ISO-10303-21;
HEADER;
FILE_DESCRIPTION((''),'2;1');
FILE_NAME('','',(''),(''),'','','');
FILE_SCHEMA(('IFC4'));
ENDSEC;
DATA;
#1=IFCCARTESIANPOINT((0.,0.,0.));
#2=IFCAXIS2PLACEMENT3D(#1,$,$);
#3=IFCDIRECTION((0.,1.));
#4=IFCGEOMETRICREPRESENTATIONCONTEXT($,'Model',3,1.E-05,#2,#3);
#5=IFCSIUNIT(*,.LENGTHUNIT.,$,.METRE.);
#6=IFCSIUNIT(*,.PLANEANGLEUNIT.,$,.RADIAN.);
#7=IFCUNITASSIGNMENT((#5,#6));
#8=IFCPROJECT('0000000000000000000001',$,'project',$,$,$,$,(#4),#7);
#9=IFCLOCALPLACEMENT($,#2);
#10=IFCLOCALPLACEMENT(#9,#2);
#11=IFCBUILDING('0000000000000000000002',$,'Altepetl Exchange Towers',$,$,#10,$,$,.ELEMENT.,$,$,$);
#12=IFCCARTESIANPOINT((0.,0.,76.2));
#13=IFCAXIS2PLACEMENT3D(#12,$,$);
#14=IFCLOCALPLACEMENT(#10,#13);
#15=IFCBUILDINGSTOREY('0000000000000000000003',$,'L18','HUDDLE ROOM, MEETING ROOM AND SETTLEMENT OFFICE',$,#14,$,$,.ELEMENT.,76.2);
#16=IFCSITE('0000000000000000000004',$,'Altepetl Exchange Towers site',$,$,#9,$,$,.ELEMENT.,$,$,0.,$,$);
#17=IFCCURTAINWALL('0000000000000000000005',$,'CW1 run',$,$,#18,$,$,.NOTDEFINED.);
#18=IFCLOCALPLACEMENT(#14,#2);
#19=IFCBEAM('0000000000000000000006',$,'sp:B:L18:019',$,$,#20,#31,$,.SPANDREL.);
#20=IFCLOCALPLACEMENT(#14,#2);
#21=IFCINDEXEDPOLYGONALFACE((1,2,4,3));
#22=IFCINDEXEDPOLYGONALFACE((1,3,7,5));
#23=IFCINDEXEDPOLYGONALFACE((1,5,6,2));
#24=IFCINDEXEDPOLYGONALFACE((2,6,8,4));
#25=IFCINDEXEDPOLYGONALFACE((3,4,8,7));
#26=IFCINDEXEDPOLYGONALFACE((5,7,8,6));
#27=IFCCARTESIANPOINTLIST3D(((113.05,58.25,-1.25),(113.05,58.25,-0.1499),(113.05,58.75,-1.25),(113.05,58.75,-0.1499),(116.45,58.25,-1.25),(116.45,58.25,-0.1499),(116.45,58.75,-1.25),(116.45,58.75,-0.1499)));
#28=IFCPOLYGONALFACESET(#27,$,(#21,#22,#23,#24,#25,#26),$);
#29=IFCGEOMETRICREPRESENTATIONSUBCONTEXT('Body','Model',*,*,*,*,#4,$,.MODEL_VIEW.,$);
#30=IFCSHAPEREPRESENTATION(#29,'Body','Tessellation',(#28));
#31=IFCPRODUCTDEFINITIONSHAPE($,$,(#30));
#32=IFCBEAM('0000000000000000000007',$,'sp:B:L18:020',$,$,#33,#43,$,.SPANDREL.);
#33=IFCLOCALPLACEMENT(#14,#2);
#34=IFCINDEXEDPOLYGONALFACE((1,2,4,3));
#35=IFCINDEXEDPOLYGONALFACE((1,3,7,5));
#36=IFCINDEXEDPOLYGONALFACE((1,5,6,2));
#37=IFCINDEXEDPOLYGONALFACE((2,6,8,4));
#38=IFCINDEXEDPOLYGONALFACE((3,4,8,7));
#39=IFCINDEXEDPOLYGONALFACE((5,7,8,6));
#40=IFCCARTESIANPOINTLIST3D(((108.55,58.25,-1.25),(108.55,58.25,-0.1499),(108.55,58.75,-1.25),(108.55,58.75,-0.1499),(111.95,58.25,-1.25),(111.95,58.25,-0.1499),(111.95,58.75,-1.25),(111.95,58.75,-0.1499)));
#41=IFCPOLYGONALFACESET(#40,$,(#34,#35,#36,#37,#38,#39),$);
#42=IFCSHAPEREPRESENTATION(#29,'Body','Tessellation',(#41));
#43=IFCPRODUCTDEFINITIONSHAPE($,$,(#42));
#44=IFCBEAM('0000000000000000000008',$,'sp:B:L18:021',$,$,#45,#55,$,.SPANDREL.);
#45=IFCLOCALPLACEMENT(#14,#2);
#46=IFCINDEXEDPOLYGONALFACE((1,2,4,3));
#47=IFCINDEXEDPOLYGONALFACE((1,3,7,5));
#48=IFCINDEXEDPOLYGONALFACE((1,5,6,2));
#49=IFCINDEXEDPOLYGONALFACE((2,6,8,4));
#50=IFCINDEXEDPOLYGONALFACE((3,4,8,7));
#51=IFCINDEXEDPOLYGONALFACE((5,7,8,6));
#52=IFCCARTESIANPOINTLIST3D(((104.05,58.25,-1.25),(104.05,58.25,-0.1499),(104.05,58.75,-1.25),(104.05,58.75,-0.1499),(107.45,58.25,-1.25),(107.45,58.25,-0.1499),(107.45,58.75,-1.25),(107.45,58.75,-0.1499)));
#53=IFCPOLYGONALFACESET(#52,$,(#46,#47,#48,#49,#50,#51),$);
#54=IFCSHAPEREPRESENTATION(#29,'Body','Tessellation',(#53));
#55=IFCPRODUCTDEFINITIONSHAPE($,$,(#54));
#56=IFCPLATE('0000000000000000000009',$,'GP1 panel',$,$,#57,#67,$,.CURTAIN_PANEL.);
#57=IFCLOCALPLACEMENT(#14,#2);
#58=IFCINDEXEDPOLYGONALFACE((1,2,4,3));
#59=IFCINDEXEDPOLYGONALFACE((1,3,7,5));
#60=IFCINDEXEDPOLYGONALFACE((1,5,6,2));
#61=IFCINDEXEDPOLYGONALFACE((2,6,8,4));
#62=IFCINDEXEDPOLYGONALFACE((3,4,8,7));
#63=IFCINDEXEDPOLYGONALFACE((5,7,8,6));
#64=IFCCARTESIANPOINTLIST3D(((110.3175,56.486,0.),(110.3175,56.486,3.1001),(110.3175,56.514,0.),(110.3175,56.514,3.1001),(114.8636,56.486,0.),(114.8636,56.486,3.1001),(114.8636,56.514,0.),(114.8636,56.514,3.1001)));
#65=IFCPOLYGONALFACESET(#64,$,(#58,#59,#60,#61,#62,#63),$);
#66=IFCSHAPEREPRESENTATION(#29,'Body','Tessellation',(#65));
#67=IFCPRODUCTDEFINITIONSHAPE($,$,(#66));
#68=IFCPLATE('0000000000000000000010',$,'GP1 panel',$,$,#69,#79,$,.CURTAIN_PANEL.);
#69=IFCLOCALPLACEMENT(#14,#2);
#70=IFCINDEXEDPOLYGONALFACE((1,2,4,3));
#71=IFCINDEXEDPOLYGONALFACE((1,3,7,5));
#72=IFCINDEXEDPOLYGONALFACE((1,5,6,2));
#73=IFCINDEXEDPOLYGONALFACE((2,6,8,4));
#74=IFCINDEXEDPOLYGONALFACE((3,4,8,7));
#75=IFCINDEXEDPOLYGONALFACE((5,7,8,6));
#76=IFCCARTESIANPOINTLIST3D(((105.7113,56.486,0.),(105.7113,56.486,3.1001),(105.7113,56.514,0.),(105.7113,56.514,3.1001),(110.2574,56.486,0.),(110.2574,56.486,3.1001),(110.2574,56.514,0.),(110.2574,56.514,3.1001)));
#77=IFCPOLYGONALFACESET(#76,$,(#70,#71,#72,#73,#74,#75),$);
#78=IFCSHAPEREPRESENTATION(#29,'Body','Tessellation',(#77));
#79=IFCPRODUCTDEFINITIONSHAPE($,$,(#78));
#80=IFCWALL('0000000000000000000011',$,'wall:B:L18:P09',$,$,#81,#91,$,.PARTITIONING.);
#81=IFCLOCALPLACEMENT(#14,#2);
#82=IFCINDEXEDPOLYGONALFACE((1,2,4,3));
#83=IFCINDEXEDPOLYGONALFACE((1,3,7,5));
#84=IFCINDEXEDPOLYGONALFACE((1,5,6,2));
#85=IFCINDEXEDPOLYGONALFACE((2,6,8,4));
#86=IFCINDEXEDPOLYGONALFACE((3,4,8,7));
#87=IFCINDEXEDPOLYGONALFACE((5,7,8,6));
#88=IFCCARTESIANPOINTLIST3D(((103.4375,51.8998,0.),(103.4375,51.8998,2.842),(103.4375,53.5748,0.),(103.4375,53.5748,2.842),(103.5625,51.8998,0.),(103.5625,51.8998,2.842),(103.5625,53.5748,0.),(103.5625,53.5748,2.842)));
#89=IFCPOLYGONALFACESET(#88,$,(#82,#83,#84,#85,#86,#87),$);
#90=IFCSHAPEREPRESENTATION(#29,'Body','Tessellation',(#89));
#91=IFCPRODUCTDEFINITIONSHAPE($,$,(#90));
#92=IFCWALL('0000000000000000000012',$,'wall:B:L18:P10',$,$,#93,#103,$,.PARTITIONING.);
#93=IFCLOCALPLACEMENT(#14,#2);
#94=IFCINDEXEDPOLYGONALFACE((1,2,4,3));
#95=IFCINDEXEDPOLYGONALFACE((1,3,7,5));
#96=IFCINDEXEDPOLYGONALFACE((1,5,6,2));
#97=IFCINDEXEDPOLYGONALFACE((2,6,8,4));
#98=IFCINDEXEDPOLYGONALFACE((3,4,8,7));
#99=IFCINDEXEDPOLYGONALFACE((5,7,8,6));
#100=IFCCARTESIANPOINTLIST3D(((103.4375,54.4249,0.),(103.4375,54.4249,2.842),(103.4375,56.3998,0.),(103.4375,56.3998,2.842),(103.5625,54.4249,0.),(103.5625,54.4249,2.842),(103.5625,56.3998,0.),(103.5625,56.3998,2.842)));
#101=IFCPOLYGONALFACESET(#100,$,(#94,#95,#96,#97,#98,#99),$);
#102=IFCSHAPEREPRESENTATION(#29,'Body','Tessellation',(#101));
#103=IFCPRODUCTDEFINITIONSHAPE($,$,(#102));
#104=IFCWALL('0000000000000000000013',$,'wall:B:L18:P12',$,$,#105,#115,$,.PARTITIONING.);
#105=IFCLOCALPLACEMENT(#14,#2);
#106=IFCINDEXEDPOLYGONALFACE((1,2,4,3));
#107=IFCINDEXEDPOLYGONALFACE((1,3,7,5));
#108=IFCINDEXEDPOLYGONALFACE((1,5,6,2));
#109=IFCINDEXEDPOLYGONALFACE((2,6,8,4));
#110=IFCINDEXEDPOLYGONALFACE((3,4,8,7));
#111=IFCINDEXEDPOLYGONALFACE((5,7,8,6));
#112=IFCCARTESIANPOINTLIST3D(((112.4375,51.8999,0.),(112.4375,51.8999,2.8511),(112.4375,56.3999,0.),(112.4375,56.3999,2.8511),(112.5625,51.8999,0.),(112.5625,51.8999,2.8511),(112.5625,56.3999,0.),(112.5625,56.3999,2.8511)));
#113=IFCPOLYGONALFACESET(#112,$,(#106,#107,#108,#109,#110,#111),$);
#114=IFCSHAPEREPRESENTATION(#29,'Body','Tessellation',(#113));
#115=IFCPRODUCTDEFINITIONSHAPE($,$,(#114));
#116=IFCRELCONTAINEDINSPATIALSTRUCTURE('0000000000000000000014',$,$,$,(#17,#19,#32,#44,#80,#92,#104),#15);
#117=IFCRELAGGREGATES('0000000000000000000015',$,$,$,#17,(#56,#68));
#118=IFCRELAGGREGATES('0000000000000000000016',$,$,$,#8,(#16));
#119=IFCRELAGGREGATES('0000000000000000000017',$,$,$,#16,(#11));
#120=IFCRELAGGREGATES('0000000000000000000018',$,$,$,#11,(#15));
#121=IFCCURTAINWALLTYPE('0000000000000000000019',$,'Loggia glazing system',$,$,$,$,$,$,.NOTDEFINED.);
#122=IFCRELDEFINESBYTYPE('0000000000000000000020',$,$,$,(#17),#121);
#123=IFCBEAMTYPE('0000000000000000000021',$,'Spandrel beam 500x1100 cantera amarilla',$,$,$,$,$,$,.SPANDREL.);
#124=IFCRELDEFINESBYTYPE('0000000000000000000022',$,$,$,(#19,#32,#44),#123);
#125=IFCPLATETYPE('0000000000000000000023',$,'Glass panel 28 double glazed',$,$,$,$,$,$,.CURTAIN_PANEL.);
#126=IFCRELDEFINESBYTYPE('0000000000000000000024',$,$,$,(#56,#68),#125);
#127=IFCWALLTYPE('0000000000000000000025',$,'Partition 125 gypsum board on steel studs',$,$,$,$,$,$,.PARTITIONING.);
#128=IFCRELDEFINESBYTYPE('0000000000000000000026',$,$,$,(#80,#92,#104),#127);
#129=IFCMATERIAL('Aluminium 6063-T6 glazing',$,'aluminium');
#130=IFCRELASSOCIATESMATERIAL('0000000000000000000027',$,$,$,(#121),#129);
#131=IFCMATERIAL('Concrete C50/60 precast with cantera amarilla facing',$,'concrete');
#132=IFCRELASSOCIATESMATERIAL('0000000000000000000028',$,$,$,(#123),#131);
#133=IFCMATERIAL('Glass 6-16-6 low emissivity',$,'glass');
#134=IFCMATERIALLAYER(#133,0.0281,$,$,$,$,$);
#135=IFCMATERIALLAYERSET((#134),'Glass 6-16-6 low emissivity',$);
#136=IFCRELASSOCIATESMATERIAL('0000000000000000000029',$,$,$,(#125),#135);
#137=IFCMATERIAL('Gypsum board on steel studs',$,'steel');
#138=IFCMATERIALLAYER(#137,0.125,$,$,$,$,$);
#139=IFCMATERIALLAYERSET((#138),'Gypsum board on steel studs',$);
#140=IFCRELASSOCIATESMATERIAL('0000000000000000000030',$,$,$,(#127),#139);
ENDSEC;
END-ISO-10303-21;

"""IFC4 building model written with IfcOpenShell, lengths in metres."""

from ifc_helpers import new_model, si_unit, direction, frame, frame_2d, origin, origin_2d, place, context, subcontext, project, spatial, rectangle, extrude, material, layer, layer_set, material_profile, profile_set, type_object, element, aggregate, save


model = new_model("IFC4")

# Units and contexts
model_context = context("Model", 3, precision=1e-05, world=origin(), true_north=direction((0.0, 1.0)))
body_context = subcontext(model_context, "Body", "Model", "MODEL_VIEW")
ifc_project = project(units=[si_unit("LENGTHUNIT", "METRE"), si_unit("PLANEANGLEUNIT", "RADIAN")], contexts=[model_context])

# Site, building, storey
site_placement = place(None, origin())
site = spatial("IfcSite", under=ifc_project, at=site_placement, Name="Altepetl Exchange Towers site", CompositionType="ELEMENT", RefElevation=0.0)
building_placement = place(site_placement, origin())
building = spatial("IfcBuilding", under=site, at=building_placement, Name="Altepetl Exchange Towers", CompositionType="ELEMENT")
storey_placement = place(building_placement, frame((0.0, 0.0, 76.2)))
storey = spatial("IfcBuildingStorey", under=building, at=storey_placement, Name="L18", Description="HUDDLE ROOM, MEETING ROOM AND SETTLEMENT OFFICE", CompositionType="ELEMENT", Elevation=76.2)

# Curtain wall
ifc_material_1 = material(Name="Aluminium 6063-T6 glazing", Category="aluminium")
curtain_wall_type = type_object("IfcCurtainWallType", Name="Loggia glazing system", PredefinedType="NOTDEFINED", material=ifc_material_1)
curtain_wall_placement = place(storey_placement, origin())
curtain_wall = element("IfcCurtainWall", 1, at=curtain_wall_placement, inside=storey, type_object=curtain_wall_type, Name="CW1 run", PredefinedType="NOTDEFINED")

# Beams
ifc_material_2 = material(Name="Concrete C50/60 precast with cantera amarilla facing", Category="concrete")
ifc_material_profile_1 = material_profile(ifc_material_2, rectangle(XDim=0.5, YDim=1.1001, at=origin_2d()), Name="500 x 1100")
ifc_profile_set_1 = profile_set([ifc_material_profile_1], Name="Concrete C50/60 precast with cantera amarilla facing")
beam_type_1 = type_object("IfcBeamType", Name="Spandrel beam 500x1100 cantera amarilla", PredefinedType="SPANDREL", material=ifc_profile_set_1)
for number, where, z_axis, x_axis, name in (
    (2, (116.45, 58.5, -0.7), (-1.0, 0.0, 0.0), (0.0, -1.0, 0.0), "sp:B:L18:019"),
    (3, (111.95, 58.5, -0.7), (-1.0, 0.0, 0.0), (0.0, -1.0, 0.0), "sp:B:L18:020"),
    (4, (107.45, 58.5, -0.7), (-1.0, 0.0, 0.0), (0.0, -1.0, 0.0), "sp:B:L18:021"),
):
    element("IfcBeam", number, at=place(storey_placement, frame(where, z_axis=z_axis, x_axis=x_axis)), inside=storey, type_object=beam_type_1, Name=name, PredefinedType="SPANDREL", context=body_context, shape_type="SweptSolid", body=[
        extrude(rectangle(XDim=0.5, YDim=1.1001, at=origin_2d()), origin(), (0.0, 0.0, 1.0), 3.3999),
    ])

# Plates
ifc_material_3 = material(Name="Glass 6-16-6 low emissivity", Category="glass")
ifc_layer_1 = layer(ifc_material_3, 0.0281)
ifc_layer_set_1 = layer_set([ifc_layer_1], Name="Glass 6-16-6 low emissivity")
plate_type = type_object("IfcPlateType", Name="Glass panel 28 double glazed", PredefinedType="CURTAIN_PANEL", material=ifc_layer_set_1)
plate_1_placement = place(storey_placement, frame((112.5906, 56.5, 0.0), z_axis=(0.0, 0.0, 1.0), x_axis=(-1.0, 0.0, 0.0)))
plate_1 = element("IfcPlate", 5, at=plate_1_placement, type_object=plate_type, Name="GP1 panel", PredefinedType="CURTAIN_PANEL", context=body_context, shape_type="SweptSolid", body=[
    extrude(rectangle(XDim=4.5461, YDim=0.0281, at=origin_2d()), origin(), (0.0, 0.0, 1.0), 3.1001),
])
plate_2_placement = place(storey_placement, frame((107.9844, 56.5, 0.0), z_axis=(0.0, 0.0, 1.0), x_axis=(-1.0, 0.0, 0.0)))
plate_2 = element("IfcPlate", 6, at=plate_2_placement, type_object=plate_type, Name="GP1 panel", PredefinedType="CURTAIN_PANEL", context=body_context, shape_type="SweptSolid", body=[
    extrude(rectangle(XDim=4.5461, YDim=0.0281, at=origin_2d()), origin(), (0.0, 0.0, 1.0), 3.1001),
])
aggregate(curtain_wall, [plate_1, plate_2])

# Walls
ifc_material_4 = material(Name="Gypsum board on steel studs", Category="steel")
ifc_layer_2 = layer(ifc_material_4, 0.125)
ifc_layer_set_2 = layer_set([ifc_layer_2], Name="Gypsum board on steel studs")
wall_type = type_object("IfcWallType", Name="Partition 125 gypsum board on steel studs", PredefinedType="PARTITIONING", material=ifc_layer_set_2)
wall_1_placement = place(storey_placement, frame((103.5, 51.8999, 0.0), z_axis=(0.0, 0.0, 1.0), x_axis=(0.0, 1.0, 0.0)))
element("IfcWall", 7, at=wall_1_placement, inside=storey, type_object=wall_type, Name="wall:B:L18:P09", PredefinedType="PARTITIONING", context=body_context, shape_type="SweptSolid", body=[
    extrude(rectangle(XDim=1.675, YDim=0.125, at=frame_2d((0.8374, 0.0))), origin(), (0.0, 0.0, 1.0), 2.842),
])
wall_2_placement = place(storey_placement, frame((103.5, 54.425, 0.0), z_axis=(0.0, 0.0, 1.0), x_axis=(0.0, 1.0, 0.0)))
element("IfcWall", 8, at=wall_2_placement, inside=storey, type_object=wall_type, Name="wall:B:L18:P10", PredefinedType="PARTITIONING", context=body_context, shape_type="SweptSolid", body=[
    extrude(rectangle(XDim=1.9749, YDim=0.125, at=frame_2d((0.9873, 0.0))), origin(), (0.0, 0.0, 1.0), 2.842),
])
wall_3_placement = place(storey_placement, frame((112.5, 51.8999, 0.0), z_axis=(0.0, 0.0, 1.0), x_axis=(0.0, 1.0, 0.0)))
element("IfcWall", 9, at=wall_3_placement, inside=storey, type_object=wall_type, Name="wall:B:L18:P12", PredefinedType="PARTITIONING", context=body_context, shape_type="SweptSolid", body=[
    extrude(rectangle(XDim=4.5, YDim=0.125, at=frame_2d((2.25, 0.0))), origin(), (0.0, 0.0, 1.0), 2.8511),
])

save(model, "model.ifc")
